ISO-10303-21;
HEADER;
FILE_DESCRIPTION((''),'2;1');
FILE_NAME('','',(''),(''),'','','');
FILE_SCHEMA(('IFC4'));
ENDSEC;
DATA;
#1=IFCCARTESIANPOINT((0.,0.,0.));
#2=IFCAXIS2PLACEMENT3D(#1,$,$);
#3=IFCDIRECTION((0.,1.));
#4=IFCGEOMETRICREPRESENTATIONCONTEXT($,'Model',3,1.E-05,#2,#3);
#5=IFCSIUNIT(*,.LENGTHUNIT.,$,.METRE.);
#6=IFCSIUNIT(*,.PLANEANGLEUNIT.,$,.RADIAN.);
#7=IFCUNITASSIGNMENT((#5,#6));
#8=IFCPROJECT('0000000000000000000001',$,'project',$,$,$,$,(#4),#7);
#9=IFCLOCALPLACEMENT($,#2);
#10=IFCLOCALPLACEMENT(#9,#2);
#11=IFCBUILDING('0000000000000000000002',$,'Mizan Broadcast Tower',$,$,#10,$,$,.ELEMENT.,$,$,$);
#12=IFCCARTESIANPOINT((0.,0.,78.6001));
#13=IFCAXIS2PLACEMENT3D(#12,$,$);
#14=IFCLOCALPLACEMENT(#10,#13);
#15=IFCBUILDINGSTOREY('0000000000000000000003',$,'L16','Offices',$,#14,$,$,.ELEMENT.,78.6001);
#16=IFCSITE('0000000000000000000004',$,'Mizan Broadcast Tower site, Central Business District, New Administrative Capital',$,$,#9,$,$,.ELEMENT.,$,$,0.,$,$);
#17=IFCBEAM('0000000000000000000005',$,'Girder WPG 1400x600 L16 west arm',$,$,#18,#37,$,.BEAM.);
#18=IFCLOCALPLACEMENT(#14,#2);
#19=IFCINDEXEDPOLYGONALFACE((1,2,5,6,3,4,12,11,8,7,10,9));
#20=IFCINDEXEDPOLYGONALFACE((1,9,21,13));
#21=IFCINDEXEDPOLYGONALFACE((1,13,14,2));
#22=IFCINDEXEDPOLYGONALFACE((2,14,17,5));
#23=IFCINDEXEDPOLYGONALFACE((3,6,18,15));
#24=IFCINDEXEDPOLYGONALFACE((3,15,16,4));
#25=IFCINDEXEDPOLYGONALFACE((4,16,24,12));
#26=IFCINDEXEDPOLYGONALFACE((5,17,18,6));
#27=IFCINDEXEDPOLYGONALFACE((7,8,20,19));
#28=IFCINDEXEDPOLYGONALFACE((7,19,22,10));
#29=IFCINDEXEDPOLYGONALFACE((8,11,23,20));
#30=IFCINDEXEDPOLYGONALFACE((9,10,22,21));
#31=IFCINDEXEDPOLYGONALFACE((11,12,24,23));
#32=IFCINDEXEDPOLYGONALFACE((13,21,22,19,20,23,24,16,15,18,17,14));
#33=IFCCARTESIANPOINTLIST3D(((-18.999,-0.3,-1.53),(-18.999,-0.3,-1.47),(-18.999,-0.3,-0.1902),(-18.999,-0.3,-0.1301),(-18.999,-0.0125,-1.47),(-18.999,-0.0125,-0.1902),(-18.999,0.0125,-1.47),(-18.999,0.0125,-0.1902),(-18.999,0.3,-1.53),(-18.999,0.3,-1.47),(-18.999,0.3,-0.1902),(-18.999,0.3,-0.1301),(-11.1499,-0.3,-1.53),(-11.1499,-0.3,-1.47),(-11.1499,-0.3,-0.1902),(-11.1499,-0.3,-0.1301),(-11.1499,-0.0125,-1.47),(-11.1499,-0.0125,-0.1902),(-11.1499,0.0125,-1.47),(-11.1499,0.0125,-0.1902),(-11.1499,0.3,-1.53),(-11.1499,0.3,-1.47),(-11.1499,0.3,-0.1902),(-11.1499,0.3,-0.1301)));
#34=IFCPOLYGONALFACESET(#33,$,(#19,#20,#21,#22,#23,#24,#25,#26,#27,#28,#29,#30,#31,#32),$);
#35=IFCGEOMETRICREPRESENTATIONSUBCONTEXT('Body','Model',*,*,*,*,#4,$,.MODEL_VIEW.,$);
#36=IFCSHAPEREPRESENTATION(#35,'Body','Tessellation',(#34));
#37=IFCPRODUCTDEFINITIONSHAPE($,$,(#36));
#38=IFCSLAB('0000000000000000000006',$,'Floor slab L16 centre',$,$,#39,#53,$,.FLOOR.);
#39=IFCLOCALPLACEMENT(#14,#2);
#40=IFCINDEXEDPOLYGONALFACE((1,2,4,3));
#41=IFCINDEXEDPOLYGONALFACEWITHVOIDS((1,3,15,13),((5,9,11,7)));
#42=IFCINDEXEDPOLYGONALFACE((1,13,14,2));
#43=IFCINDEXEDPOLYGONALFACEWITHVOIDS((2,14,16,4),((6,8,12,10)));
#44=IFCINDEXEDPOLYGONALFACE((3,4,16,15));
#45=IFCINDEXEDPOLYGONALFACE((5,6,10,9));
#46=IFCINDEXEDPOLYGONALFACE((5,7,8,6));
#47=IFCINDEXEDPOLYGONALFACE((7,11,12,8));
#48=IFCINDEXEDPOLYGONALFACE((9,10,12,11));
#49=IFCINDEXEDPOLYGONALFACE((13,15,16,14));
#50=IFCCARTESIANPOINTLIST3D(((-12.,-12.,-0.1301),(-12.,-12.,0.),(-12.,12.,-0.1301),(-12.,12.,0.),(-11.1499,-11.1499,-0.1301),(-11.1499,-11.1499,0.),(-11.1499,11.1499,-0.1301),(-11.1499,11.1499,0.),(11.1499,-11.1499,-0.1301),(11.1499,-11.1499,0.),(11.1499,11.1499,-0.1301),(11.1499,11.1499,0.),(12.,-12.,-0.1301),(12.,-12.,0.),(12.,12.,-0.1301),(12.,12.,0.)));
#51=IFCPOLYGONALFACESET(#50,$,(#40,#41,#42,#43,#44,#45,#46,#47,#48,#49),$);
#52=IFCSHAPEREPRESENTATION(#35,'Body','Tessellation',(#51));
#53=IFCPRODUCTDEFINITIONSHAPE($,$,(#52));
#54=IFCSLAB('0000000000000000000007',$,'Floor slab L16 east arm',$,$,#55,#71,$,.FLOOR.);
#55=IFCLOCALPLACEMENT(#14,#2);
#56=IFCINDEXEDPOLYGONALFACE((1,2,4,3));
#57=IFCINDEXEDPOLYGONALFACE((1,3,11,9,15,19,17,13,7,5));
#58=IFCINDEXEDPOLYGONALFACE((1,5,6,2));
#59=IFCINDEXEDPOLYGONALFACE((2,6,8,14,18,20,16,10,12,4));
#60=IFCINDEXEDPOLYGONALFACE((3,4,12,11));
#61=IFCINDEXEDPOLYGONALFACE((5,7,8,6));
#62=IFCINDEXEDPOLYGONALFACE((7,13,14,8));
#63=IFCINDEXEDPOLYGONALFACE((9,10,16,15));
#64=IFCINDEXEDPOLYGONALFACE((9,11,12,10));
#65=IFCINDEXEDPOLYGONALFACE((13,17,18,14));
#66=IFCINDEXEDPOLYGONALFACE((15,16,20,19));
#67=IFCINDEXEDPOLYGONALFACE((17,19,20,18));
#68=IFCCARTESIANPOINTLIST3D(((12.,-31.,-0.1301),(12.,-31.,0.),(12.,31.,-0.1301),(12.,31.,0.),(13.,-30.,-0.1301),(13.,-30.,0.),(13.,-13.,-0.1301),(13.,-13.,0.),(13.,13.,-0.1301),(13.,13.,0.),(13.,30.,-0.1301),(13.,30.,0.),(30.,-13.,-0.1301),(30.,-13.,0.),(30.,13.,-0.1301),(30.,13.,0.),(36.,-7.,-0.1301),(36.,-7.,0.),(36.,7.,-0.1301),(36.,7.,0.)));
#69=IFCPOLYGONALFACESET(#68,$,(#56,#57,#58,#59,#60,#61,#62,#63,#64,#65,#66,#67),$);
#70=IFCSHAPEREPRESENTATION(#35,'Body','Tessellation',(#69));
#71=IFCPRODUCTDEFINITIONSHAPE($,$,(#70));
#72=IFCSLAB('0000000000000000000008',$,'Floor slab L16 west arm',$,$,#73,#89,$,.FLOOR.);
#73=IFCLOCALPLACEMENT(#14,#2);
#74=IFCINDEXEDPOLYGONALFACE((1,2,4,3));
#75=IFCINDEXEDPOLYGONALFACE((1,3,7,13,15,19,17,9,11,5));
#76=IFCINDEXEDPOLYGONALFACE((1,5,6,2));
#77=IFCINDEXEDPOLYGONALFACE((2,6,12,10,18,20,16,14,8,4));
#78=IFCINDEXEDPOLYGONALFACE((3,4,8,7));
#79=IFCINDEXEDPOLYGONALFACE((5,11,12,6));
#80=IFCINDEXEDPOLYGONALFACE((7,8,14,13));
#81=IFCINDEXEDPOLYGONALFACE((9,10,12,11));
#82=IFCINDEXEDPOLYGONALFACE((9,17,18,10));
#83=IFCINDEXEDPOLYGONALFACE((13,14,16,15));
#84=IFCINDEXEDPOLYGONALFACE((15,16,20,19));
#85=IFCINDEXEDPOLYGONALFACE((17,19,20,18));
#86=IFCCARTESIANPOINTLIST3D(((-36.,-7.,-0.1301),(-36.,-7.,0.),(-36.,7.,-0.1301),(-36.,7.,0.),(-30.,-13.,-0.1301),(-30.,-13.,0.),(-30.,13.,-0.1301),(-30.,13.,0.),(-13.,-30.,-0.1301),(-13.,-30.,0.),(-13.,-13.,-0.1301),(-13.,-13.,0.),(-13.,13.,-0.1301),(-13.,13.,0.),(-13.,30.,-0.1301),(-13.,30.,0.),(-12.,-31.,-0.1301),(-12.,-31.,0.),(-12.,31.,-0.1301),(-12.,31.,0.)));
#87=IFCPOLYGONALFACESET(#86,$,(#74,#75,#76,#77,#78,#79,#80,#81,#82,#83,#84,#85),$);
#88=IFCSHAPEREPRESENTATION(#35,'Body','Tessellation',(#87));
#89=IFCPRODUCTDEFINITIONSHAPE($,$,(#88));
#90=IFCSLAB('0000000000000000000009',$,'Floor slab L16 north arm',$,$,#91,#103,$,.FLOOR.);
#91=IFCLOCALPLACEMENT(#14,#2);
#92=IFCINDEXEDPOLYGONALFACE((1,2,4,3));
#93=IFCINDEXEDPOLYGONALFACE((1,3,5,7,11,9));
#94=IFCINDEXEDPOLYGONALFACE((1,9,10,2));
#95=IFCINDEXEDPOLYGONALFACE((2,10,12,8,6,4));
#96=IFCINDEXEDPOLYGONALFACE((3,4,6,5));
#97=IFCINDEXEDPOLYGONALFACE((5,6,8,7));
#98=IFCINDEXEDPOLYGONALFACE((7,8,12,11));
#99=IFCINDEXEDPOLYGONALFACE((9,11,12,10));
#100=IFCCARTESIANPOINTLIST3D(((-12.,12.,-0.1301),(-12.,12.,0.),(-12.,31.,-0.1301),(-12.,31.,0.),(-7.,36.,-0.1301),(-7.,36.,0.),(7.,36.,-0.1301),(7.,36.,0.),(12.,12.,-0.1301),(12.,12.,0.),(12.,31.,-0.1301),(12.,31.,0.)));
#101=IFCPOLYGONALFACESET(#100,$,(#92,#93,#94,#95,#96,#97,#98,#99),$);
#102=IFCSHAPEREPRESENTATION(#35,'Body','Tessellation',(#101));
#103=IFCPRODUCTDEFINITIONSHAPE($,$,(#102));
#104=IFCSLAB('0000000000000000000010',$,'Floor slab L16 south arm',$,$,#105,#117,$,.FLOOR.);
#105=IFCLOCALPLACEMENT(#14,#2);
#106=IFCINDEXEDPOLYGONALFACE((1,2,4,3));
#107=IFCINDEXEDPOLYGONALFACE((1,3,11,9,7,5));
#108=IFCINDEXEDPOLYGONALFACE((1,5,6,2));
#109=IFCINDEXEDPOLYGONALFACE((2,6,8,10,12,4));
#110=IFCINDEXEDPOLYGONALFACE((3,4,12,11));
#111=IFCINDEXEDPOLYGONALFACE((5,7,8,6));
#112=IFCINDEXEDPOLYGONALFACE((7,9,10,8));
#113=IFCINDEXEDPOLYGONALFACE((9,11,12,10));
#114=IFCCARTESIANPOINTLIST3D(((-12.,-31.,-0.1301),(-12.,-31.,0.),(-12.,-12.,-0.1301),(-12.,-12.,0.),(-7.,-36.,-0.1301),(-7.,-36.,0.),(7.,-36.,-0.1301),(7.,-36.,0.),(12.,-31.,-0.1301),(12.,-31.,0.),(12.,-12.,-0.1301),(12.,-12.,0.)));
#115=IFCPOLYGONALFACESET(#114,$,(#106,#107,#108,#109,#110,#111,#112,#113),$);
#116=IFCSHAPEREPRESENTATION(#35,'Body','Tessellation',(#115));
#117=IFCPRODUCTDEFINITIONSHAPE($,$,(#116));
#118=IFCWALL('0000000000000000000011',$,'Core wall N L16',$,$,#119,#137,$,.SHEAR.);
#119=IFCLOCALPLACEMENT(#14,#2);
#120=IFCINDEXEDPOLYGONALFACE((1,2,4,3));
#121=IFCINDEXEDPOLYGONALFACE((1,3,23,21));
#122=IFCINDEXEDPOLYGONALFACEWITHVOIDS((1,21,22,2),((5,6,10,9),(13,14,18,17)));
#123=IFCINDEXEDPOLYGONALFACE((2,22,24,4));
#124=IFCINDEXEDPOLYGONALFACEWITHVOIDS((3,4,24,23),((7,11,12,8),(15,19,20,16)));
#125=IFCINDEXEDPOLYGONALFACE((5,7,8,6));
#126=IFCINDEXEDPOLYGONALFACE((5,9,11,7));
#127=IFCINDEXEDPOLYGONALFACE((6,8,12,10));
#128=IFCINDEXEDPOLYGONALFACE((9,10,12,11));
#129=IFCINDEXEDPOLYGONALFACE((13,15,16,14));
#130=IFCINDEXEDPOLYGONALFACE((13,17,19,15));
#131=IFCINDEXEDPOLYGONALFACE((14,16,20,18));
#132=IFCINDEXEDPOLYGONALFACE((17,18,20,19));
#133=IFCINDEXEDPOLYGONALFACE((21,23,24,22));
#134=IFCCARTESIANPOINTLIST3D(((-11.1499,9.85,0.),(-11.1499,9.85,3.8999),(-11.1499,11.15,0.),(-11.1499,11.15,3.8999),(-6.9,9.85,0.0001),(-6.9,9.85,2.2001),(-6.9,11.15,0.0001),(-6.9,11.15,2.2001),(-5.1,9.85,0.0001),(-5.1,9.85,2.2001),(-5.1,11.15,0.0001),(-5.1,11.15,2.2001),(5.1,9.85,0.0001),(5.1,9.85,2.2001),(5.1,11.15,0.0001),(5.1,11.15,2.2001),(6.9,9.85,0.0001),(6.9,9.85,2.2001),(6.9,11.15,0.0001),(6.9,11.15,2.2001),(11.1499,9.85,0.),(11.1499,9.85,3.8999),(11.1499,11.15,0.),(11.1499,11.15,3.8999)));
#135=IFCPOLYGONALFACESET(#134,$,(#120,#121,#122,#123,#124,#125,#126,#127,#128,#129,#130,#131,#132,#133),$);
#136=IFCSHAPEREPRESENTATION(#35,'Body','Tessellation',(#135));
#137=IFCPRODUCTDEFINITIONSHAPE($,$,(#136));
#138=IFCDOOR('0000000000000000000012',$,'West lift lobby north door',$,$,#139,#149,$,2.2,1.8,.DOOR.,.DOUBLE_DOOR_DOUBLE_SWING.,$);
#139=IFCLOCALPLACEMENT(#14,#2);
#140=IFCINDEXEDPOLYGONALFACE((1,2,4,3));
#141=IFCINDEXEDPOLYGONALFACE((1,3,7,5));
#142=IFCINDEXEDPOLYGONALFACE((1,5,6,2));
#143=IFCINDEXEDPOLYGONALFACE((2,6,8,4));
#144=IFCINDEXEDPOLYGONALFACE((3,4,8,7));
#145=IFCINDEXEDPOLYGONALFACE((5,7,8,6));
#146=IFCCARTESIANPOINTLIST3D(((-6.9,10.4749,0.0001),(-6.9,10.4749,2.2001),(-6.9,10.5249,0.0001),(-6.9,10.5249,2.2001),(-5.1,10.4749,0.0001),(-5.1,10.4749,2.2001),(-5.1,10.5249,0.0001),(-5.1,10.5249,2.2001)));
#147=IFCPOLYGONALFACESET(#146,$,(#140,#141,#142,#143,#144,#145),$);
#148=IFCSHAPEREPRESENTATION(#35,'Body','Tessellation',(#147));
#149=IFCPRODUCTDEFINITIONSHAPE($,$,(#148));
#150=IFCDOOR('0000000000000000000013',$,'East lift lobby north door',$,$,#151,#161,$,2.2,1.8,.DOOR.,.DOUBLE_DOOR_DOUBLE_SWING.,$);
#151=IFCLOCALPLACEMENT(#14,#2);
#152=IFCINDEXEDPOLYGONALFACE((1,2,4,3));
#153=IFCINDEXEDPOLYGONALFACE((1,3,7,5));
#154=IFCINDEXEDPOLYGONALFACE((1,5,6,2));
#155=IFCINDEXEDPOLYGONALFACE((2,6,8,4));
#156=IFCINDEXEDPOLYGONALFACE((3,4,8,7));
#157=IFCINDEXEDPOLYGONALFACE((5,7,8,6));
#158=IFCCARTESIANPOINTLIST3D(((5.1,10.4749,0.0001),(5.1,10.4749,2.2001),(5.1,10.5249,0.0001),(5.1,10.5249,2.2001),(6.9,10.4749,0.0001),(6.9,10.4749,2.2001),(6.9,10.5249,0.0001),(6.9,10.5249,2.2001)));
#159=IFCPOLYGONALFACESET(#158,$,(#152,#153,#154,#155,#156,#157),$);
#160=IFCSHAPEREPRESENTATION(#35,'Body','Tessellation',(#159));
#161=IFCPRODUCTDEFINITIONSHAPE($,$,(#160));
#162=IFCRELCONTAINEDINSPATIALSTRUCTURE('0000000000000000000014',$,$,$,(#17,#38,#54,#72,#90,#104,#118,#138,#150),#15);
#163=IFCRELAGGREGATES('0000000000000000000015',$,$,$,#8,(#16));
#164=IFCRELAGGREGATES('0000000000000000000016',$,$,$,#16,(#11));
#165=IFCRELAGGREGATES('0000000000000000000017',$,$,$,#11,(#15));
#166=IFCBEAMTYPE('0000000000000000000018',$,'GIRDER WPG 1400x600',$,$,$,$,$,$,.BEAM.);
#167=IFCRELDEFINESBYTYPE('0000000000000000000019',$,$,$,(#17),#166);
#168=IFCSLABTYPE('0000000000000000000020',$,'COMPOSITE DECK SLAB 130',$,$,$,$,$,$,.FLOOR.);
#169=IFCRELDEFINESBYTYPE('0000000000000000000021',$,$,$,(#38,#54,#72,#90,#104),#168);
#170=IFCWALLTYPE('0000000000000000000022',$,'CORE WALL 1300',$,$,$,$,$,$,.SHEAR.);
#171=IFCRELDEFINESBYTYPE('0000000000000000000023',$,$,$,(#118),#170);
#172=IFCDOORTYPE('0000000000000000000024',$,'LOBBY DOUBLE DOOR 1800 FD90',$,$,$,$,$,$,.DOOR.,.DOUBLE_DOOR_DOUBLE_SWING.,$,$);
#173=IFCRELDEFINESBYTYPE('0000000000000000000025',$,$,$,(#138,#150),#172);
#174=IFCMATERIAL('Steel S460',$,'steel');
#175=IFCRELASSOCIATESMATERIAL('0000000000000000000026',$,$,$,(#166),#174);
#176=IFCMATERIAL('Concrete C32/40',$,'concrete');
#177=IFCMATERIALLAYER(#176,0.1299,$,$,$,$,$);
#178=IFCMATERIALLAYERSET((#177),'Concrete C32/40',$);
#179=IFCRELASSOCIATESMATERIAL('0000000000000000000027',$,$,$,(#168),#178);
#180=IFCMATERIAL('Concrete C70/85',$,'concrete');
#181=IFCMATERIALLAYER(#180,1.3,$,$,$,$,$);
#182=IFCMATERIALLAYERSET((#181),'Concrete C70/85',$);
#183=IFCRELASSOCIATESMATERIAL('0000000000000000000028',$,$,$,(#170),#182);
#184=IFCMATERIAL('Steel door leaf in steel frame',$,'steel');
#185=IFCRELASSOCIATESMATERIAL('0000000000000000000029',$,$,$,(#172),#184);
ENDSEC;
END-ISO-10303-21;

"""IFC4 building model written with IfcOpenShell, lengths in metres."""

from ifc_helpers import new_model, si_unit, direction, frame, frame_2d, origin, origin_2d, place, context, subcontext, project, spatial, polyline, rectangle, i_section, outline, extrude, material, layer, layer_set, material_profile, profile_set, type_object, element, fill, save


model = new_model("IFC4")

# Units and contexts
model_context = context("Model", 3, precision=1e-05, world=origin(), true_north=direction((0.0, 1.0)))
body_context = subcontext(model_context, "Body", "Model", "MODEL_VIEW")
ifc_project = project(units=[si_unit("LENGTHUNIT", "METRE"), si_unit("PLANEANGLEUNIT", "RADIAN")], contexts=[model_context])

# Site, building, storey
site_placement = place(None, origin())
site = spatial("IfcSite", under=ifc_project, at=site_placement, Name="Mizan Broadcast Tower site, Central Business District, New Administrative Capital", CompositionType="ELEMENT", RefElevation=0.0)
building_placement = place(site_placement, origin())
building = spatial("IfcBuilding", under=site, at=building_placement, Name="Mizan Broadcast Tower", CompositionType="ELEMENT")
storey_placement = place(building_placement, frame((0.0, 0.0, 78.6001)))
storey = spatial("IfcBuildingStorey", under=building, at=storey_placement, Name="L16", Description="Offices", CompositionType="ELEMENT", Elevation=78.6001)

# Beam
ifc_material_1 = material(Name="Steel S460", Category="steel")
ifc_material_profile = material_profile(ifc_material_1, i_section(OverallWidth=0.6001, OverallDepth=1.3999, WebThickness=0.0249, FlangeThickness=0.0601, at=origin_2d()), Name="WPG 1400x600")
ifc_profile_set = profile_set([ifc_material_profile], Name="Steel S460")
beam_type = type_object("IfcBeamType", Name="GIRDER WPG 1400x600", PredefinedType="BEAM", material=ifc_profile_set)
beam_placement = place(storey_placement, frame((-11.1499, 0.0, -0.8301), z_axis=(-1.0, 0.0, 0.0), x_axis=(0.0, -1.0, 0.0)))
element("IfcBeam", 1, at=beam_placement, inside=storey, type_object=beam_type, Name="Girder WPG 1400x600 L16 west arm", PredefinedType="BEAM", context=body_context, shape_type="SweptSolid", body=[
    extrude(i_section(OverallWidth=0.6001, OverallDepth=1.3999, WebThickness=0.0249, FlangeThickness=0.0601, at=origin_2d()), origin(), (0.0, 0.0, 1.0), 7.8491),
])

# Slabs
ifc_material_2 = material(Name="Concrete C32/40", Category="concrete")
ifc_layer_1 = layer(ifc_material_2, 0.1299)
ifc_layer_set_1 = layer_set([ifc_layer_1], Name="Concrete C32/40")
slab_type = type_object("IfcSlabType", Name="COMPOSITE DECK SLAB 130", PredefinedType="FLOOR", material=ifc_layer_set_1)
slab_1_placement = place(storey_placement, frame((0.0, 0.0, -0.1301)))
element("IfcSlab", 2, at=slab_1_placement, inside=storey, type_object=slab_type, Name="Floor slab L16 centre", PredefinedType="FLOOR", context=body_context, shape_type="SweptSolid", body=[
    extrude(outline(polyline([(-12.0, -12.0), (12.0, -12.0), (12.0, 12.0), (-12.0, 12.0), (-12.0, -12.0)]), holes=[polyline([(-11.1499, 11.1499), (11.1499, 11.1499), (11.1499, -11.1499), (-11.1499, -11.1499), (-11.1499, 11.1499)])]), origin(), (0.0, 0.0, 1.0), 0.1301),
])
slab_2_placement = place(storey_placement, frame((0.0, 0.0, -0.1301)))
element("IfcSlab", 3, at=slab_2_placement, inside=storey, type_object=slab_type, Name="Floor slab L16 east arm", PredefinedType="FLOOR", context=body_context, shape_type="SweptSolid", body=[
    extrude(outline(polyline([(12.0, -31.0), (13.0, -30.0), (13.0, -13.0), (30.0, -13.0), (36.0, -7.0), (36.0, 7.0), (30.0, 13.0), (13.0, 13.0), (13.0, 30.0), (12.0, 31.0), (12.0, -31.0)])), origin(), (0.0, 0.0, 1.0), 0.1301),
])
slab_3_placement = place(storey_placement, frame((0.0, 0.0, -0.1301)))
element("IfcSlab", 4, at=slab_3_placement, inside=storey, type_object=slab_type, Name="Floor slab L16 west arm", PredefinedType="FLOOR", context=body_context, shape_type="SweptSolid", body=[
    extrude(outline(polyline([(-13.0, -30.0), (-12.0, -31.0), (-12.0, 31.0), (-13.0, 30.0), (-13.0, 13.0), (-30.0, 13.0), (-36.0, 7.0), (-36.0, -7.0), (-30.0, -13.0), (-13.0, -13.0), (-13.0, -30.0)])), origin(), (0.0, 0.0, 1.0), 0.1301),
])
slab_4_placement = place(storey_placement, frame((0.0, 0.0, -0.1301)))
element("IfcSlab", 5, at=slab_4_placement, inside=storey, type_object=slab_type, Name="Floor slab L16 north arm", PredefinedType="FLOOR", context=body_context, shape_type="SweptSolid", body=[
    extrude(outline(polyline([(-7.0, 36.0), (-12.0, 31.0), (-12.0, 12.0), (12.0, 12.0), (12.0, 31.0), (7.0, 36.0), (-7.0, 36.0)])), origin(), (0.0, 0.0, 1.0), 0.1301),
])
slab_5_placement = place(storey_placement, frame((0.0, 0.0, -0.1301)))
element("IfcSlab", 6, at=slab_5_placement, inside=storey, type_object=slab_type, Name="Floor slab L16 south arm", PredefinedType="FLOOR", context=body_context, shape_type="SweptSolid", body=[
    extrude(outline(polyline([(7.0, -36.0), (12.0, -31.0), (12.0, -12.0), (-12.0, -12.0), (-12.0, -31.0), (-7.0, -36.0), (7.0, -36.0)])), origin(), (0.0, 0.0, 1.0), 0.1301),
])

# Wall, openings, doors
ifc_material_3 = material(Name="Concrete C70/85", Category="concrete")
ifc_layer_2 = layer(ifc_material_3, 1.3)
ifc_layer_set_2 = layer_set([ifc_layer_2], Name="Concrete C70/85")
wall_type_1 = type_object("IfcWallType", Name="CORE WALL 1300", PredefinedType="SHEAR", material=ifc_layer_set_2)
wall_1_placement = place(storey_placement, frame((-11.1499, 10.5, 0.0), z_axis=(0.0, 0.0, 1.0), x_axis=(1.0, 0.0, 0.0)))
wall_1 = element("IfcWall", 7, at=wall_1_placement, inside=storey, type_object=wall_type_1, Name="Core wall N L16", PredefinedType="SHEAR", context=body_context, shape_type="SweptSolid", body=[
    extrude(rectangle(XDim=22.2998, YDim=1.3, at=frame_2d((11.1499, 0.0))), origin(), (0.0, 0.0, 1.0), 3.8999),
])
opening_1_placement = place(wall_1_placement, frame((4.25, 0.0, 0.0)))
opening_1 = element("IfcOpeningElement", 8, at=opening_1_placement, cuts=wall_1, PredefinedType="OPENING", context=body_context, shape_type="SweptSolid", body=[
    extrude(rectangle(XDim=1.8, YDim=2.2, at=frame_2d((0.8999, 1.1001))), frame((0.0, 0.6599, 0.0), z_axis=(0.0, -1.0, 0.0), x_axis=(1.0, 0.0, 0.0)), (0.0, 0.0, 1.0), 1.3201),
])
opening_2_placement = place(wall_1_placement, frame((16.25, 0.0, 0.0)))
opening_2 = element("IfcOpeningElement", 9, at=opening_2_placement, cuts=wall_1, PredefinedType="OPENING", context=body_context, shape_type="SweptSolid", body=[
    extrude(rectangle(XDim=1.8, YDim=2.2, at=frame_2d((0.8999, 1.1001))), frame((0.0, 0.6599, 0.0), z_axis=(0.0, -1.0, 0.0), x_axis=(1.0, 0.0, 0.0)), (0.0, 0.0, 1.0), 1.3201),
])
ifc_material_4 = material(Name="Steel door leaf in steel frame", Category="steel")
door_type_1 = type_object("IfcDoorType", Name="LOBBY DOUBLE DOOR 1800 FD90", OperationType="DOUBLE_DOOR_DOUBLE_SWING", PredefinedType="DOOR", material=ifc_material_4)
door_1_placement = place(opening_1_placement, origin())
door_1 = element("IfcDoor", 10, at=door_1_placement, inside=storey, type_object=door_type_1, Name="West lift lobby north door", OperationType="DOUBLE_DOOR_DOUBLE_SWING", OverallHeight=2.2, OverallWidth=1.8, PredefinedType="DOOR", context=body_context, shape_type="SweptSolid", body=[
    extrude(rectangle(XDim=1.8, YDim=2.2, at=frame_2d((0.8999, 1.1001))), frame((0.0, 0.0249, 0.0), z_axis=(0.0, -1.0, 0.0), x_axis=(1.0, 0.0, 0.0)), (0.0, 0.0, 1.0), 0.05),
])
fill(opening_1, door_1)
door_2_placement = place(opening_2_placement, origin())
door_2 = element("IfcDoor", 11, at=door_2_placement, inside=storey, type_object=door_type_1, Name="East lift lobby north door", OperationType="DOUBLE_DOOR_DOUBLE_SWING", OverallHeight=2.2, OverallWidth=1.8, PredefinedType="DOOR", context=body_context, shape_type="SweptSolid", body=[
    extrude(rectangle(XDim=1.8, YDim=2.2, at=frame_2d((0.8999, 1.1001))), frame((0.0, 0.0249, 0.0), z_axis=(0.0, -1.0, 0.0), x_axis=(1.0, 0.0, 0.0)), (0.0, 0.0, 1.0), 0.05),
])
fill(opening_2, door_2)

save(model, "model.ifc")
